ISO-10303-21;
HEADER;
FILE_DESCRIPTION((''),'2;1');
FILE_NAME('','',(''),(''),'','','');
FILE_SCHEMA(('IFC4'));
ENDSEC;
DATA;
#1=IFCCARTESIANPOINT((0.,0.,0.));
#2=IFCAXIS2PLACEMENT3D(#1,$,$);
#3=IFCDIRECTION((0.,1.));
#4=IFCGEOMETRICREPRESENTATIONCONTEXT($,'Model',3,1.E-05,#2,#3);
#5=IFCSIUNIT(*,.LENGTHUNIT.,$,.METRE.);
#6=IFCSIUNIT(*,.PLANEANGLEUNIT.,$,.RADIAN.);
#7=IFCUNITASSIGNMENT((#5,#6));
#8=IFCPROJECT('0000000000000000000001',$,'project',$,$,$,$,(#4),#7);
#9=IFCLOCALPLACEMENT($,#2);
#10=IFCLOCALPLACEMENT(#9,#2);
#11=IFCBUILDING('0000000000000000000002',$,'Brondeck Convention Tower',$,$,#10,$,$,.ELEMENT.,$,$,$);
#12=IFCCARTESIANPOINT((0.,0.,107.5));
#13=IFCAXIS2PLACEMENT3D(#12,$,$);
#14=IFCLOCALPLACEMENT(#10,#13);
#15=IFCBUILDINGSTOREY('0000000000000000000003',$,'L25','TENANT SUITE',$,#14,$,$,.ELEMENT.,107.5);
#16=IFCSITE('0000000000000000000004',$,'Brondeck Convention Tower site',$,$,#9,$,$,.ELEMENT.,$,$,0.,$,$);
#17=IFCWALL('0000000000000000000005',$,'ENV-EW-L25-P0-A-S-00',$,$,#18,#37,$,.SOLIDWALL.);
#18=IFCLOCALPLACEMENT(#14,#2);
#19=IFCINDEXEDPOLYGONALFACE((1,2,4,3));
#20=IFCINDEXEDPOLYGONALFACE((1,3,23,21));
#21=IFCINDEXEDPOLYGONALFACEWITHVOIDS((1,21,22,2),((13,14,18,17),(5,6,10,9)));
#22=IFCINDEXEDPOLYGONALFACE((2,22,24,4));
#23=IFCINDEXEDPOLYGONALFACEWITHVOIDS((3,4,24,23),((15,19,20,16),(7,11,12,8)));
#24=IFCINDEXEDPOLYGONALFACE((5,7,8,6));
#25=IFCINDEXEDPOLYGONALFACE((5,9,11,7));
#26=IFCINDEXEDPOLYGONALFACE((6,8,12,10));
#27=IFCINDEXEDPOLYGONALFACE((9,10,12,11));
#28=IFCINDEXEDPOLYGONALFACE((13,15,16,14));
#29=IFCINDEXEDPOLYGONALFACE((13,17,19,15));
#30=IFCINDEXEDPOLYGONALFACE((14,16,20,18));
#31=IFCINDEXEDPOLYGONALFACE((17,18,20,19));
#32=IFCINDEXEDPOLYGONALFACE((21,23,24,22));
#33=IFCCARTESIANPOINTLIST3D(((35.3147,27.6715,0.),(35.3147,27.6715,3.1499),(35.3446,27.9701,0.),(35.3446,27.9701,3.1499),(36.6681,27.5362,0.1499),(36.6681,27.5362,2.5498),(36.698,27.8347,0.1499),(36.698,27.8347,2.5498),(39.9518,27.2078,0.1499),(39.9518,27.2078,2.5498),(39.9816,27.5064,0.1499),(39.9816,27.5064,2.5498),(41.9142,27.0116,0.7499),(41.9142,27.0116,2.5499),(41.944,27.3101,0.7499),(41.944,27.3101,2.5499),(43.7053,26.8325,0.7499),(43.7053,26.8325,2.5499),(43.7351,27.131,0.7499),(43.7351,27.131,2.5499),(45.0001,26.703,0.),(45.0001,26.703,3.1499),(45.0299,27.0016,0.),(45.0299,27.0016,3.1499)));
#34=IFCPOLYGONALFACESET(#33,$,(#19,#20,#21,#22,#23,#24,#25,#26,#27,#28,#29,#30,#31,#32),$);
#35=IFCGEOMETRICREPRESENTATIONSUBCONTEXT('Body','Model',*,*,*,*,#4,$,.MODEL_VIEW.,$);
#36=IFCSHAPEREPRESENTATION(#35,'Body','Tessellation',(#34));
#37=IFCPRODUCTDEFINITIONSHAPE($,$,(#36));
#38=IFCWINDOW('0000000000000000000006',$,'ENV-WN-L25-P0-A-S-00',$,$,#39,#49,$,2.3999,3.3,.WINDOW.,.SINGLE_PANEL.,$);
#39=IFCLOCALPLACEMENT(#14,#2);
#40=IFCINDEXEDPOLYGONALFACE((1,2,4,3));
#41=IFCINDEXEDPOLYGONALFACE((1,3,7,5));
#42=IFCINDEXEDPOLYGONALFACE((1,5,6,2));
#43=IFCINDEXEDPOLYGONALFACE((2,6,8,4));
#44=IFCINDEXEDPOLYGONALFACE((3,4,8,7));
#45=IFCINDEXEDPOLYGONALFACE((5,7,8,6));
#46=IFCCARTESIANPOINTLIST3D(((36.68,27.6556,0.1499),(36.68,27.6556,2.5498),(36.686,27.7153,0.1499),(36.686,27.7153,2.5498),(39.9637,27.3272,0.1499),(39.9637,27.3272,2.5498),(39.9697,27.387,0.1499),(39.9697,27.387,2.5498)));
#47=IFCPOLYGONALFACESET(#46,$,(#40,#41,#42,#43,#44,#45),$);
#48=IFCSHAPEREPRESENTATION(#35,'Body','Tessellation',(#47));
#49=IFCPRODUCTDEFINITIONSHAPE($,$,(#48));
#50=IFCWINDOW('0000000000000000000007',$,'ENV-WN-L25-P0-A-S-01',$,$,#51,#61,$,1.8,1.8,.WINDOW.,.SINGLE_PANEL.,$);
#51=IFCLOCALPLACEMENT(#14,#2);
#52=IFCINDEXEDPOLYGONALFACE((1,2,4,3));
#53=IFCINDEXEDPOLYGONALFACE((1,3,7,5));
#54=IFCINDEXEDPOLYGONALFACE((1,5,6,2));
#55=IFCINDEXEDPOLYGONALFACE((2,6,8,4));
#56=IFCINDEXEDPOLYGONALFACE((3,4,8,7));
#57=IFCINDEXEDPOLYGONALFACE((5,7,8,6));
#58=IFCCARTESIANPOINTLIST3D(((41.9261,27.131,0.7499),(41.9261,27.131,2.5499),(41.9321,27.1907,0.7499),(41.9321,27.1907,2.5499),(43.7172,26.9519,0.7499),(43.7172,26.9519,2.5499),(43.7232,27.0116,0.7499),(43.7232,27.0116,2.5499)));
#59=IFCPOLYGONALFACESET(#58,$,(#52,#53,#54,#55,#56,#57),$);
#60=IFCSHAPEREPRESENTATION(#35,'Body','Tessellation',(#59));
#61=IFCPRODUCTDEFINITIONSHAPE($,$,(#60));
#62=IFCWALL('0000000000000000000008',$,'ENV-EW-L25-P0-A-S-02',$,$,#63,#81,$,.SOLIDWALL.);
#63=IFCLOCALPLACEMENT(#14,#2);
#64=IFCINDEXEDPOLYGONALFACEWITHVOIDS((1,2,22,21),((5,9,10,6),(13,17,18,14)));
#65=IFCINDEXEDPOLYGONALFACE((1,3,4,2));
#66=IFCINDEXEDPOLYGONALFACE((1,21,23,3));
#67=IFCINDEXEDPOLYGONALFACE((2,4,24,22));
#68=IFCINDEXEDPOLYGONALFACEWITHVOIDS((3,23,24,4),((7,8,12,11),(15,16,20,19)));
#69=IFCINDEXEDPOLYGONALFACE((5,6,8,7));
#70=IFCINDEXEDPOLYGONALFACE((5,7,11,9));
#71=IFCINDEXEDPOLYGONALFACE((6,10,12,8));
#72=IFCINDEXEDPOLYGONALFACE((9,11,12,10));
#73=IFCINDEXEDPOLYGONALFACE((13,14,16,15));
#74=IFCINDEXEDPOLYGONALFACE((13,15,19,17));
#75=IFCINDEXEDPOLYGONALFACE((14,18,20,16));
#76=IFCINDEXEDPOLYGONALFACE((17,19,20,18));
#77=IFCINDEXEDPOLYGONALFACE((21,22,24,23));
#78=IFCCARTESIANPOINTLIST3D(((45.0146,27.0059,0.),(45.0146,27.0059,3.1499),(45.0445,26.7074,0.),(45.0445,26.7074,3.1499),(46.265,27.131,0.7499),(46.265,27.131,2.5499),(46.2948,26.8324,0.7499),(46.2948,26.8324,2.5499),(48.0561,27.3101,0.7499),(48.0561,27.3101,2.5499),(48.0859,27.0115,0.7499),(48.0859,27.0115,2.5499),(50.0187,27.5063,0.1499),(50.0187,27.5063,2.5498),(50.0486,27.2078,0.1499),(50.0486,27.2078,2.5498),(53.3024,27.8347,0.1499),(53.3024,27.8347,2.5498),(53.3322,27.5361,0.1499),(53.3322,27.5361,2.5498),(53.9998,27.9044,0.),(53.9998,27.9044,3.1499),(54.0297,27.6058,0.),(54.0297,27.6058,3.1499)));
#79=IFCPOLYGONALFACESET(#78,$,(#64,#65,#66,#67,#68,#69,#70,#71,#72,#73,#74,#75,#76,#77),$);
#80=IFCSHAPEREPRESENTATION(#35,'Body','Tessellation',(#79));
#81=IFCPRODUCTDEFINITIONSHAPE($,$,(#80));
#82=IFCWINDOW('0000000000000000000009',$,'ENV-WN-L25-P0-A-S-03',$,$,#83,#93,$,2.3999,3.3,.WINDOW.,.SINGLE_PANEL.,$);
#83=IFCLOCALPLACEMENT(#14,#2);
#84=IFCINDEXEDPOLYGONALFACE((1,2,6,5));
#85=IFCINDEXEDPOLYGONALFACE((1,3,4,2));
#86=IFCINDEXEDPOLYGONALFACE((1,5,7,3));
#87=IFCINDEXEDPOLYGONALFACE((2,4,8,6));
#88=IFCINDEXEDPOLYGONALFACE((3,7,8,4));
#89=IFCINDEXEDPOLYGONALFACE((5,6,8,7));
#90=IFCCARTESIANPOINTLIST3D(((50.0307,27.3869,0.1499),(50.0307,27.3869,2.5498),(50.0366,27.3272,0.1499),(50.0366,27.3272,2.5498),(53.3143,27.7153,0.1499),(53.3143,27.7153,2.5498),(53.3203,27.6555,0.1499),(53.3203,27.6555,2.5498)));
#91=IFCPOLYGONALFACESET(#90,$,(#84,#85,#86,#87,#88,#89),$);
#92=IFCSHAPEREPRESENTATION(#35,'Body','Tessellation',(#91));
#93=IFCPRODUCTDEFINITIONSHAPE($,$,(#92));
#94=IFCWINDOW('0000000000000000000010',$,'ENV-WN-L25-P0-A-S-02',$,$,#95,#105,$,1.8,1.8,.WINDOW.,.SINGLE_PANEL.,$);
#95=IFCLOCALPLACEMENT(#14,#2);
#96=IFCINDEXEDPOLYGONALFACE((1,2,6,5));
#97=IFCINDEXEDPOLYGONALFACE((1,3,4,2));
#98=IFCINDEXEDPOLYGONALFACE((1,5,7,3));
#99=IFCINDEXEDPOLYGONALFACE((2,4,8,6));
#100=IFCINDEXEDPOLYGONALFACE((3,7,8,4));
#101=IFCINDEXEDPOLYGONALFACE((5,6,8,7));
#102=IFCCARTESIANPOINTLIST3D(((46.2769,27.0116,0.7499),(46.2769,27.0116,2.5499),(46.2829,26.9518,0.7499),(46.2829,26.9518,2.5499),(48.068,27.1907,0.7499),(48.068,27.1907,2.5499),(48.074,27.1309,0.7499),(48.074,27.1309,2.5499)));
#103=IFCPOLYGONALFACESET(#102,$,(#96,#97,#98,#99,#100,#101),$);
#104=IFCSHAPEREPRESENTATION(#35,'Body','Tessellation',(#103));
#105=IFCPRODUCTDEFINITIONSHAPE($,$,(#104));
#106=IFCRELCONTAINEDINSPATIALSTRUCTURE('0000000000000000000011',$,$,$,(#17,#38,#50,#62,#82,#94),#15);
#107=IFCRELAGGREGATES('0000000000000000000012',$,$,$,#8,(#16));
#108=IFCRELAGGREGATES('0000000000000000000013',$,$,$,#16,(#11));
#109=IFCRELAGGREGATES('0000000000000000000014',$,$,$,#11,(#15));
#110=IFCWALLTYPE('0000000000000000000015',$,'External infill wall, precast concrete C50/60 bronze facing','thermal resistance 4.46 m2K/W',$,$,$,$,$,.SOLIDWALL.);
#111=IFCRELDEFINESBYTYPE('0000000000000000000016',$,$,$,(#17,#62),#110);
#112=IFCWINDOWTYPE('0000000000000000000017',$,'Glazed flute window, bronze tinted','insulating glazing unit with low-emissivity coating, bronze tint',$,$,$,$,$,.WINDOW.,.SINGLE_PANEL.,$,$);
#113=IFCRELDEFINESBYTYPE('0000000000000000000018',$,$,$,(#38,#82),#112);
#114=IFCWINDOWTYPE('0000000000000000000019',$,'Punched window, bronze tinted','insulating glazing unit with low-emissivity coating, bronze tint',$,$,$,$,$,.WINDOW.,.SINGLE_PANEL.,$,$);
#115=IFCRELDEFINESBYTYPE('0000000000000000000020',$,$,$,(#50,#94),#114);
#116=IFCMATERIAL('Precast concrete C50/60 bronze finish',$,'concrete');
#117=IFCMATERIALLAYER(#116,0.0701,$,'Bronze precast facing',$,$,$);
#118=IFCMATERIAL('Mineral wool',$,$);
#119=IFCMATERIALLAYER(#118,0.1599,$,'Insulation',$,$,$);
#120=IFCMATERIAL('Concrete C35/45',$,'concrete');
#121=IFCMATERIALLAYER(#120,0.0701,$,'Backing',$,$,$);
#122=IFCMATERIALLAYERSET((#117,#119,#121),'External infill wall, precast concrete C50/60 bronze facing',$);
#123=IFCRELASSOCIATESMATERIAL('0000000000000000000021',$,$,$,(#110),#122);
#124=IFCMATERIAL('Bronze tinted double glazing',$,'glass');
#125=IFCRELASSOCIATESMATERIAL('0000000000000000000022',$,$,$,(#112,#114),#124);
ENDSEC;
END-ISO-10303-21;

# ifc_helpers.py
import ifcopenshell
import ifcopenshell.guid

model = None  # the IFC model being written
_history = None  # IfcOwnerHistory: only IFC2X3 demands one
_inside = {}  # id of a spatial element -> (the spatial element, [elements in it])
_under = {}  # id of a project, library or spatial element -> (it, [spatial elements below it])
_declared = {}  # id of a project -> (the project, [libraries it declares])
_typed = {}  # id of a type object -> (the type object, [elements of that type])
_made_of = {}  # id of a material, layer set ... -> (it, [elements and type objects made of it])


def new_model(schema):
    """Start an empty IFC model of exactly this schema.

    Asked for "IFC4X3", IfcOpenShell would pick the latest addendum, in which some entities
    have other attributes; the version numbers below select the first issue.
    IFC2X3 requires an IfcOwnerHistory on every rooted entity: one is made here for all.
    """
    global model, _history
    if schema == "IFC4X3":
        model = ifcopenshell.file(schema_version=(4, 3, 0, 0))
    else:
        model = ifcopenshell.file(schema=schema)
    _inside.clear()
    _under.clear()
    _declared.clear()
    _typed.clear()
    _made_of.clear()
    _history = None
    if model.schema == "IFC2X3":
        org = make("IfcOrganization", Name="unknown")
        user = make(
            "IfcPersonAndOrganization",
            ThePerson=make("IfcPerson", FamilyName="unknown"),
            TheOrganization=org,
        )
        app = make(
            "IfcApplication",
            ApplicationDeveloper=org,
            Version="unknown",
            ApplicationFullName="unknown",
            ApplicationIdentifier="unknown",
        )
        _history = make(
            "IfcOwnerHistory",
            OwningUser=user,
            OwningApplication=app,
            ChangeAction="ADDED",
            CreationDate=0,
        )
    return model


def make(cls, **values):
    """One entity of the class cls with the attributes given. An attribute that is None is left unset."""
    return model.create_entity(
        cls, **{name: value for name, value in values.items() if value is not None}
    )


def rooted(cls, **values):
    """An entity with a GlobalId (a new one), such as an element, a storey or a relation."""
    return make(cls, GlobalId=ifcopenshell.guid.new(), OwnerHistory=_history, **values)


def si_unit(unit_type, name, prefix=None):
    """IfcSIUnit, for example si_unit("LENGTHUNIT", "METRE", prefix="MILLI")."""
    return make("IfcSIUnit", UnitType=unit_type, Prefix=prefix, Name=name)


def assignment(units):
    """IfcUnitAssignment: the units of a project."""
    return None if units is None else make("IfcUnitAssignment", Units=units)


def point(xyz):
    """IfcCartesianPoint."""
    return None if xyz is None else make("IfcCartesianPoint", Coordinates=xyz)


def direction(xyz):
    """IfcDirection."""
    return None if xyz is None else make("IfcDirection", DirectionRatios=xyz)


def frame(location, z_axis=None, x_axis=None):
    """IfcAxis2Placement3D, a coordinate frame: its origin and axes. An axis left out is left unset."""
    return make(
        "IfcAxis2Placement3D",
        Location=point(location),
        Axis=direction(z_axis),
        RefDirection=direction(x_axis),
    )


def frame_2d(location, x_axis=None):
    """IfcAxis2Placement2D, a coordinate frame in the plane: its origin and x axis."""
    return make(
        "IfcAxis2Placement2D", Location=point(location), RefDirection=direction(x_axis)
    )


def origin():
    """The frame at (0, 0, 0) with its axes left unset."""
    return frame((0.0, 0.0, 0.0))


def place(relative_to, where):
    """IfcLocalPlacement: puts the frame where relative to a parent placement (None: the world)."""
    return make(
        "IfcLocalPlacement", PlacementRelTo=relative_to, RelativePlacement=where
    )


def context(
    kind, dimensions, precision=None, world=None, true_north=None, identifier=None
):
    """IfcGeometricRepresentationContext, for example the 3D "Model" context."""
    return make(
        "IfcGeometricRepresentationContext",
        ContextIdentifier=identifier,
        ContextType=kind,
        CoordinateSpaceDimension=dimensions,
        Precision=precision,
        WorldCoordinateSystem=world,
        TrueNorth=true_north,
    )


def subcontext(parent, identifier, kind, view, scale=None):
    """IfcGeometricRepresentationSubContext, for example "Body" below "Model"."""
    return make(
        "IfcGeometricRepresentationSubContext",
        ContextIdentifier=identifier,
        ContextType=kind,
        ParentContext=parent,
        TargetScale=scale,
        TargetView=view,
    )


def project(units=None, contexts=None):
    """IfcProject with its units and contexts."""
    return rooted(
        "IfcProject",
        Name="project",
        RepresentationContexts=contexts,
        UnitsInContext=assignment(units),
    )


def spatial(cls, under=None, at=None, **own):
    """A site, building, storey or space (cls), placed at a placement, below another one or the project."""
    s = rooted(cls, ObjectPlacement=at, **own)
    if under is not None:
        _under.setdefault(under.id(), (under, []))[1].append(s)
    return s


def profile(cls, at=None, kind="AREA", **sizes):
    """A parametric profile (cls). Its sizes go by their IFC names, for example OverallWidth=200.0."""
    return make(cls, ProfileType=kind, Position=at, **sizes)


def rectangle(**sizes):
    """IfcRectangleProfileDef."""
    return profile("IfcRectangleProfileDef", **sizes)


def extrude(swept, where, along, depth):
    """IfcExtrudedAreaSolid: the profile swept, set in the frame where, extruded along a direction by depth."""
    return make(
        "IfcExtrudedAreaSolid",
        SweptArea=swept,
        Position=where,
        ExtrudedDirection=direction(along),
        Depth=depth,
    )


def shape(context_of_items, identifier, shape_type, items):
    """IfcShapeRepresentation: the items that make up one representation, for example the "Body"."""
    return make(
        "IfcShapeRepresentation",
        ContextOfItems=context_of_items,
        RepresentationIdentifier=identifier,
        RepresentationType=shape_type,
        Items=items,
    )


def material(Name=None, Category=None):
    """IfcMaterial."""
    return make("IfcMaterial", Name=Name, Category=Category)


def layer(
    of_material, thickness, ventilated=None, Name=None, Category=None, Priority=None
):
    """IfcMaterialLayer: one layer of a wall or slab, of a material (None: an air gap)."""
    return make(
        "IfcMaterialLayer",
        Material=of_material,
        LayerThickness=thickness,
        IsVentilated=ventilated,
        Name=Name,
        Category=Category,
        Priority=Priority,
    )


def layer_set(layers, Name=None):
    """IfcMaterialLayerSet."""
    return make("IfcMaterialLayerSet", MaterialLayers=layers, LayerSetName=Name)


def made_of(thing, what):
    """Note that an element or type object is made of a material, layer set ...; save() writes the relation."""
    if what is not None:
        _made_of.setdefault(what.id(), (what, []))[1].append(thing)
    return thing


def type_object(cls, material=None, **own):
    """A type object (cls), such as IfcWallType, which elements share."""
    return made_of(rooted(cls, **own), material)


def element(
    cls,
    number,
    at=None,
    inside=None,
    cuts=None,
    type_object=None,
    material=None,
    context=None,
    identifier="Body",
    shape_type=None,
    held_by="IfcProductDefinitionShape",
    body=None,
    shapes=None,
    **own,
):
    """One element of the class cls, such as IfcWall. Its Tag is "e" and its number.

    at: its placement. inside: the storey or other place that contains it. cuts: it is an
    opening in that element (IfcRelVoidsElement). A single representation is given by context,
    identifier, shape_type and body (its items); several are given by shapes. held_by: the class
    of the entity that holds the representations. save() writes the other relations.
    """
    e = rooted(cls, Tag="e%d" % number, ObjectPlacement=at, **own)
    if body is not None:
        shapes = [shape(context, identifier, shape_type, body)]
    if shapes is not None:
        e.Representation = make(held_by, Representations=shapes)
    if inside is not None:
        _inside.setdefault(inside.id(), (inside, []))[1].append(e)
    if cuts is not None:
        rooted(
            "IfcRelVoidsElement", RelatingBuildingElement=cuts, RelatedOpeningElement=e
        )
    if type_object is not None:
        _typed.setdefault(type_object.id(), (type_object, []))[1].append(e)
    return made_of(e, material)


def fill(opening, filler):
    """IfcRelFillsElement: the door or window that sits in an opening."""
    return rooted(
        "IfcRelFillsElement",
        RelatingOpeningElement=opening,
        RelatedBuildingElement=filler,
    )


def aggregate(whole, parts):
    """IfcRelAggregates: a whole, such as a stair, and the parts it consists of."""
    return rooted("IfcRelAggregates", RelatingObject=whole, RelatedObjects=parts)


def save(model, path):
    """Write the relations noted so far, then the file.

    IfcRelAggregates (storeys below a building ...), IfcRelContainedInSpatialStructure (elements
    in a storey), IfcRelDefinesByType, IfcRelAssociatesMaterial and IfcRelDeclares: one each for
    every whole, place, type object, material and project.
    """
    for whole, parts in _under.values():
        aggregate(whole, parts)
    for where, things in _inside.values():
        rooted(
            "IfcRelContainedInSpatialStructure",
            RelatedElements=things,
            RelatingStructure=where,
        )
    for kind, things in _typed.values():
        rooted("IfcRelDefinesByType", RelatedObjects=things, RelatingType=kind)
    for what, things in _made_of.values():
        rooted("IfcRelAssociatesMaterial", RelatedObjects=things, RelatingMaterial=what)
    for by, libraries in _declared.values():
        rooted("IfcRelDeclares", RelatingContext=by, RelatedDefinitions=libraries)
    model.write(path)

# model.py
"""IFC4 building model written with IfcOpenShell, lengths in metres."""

from ifc_helpers import new_model, si_unit, direction, frame, frame_2d, origin, place, context, subcontext, project, spatial, rectangle, extrude, material, layer, layer_set, type_object, element, fill, save


model = new_model("IFC4")

# Units and contexts
model_context = context("Model", 3, precision=1e-05, world=origin(), true_north=direction((0.0, 1.0)))
body_context = subcontext(model_context, "Body", "Model", "MODEL_VIEW")
ifc_project = project(units=[si_unit("LENGTHUNIT", "METRE"), si_unit("PLANEANGLEUNIT", "RADIAN")], contexts=[model_context])

# Site, building, storey
site_placement = place(None, origin())
site = spatial("IfcSite", under=ifc_project, at=site_placement, Name="Brondeck Convention Tower site", CompositionType="ELEMENT", RefElevation=0.0)
building_placement = place(site_placement, origin())
building = spatial("IfcBuilding", under=site, at=building_placement, Name="Brondeck Convention Tower", CompositionType="ELEMENT")
storey_placement = place(building_placement, frame((0.0, 0.0, 107.5)))
storey = spatial("IfcBuildingStorey", under=building, at=storey_placement, Name="L25", Description="TENANT SUITE", CompositionType="ELEMENT", Elevation=107.5)

# Walls, openings, windows
ifc_material_1 = material(Name="Precast concrete C50/60 bronze finish", Category="concrete")
ifc_layer_1 = layer(ifc_material_1, 0.0701, Name="Bronze precast facing")
ifc_material_2 = material(Name="Mineral wool")
ifc_layer_2 = layer(ifc_material_2, 0.1599, Name="Insulation")
ifc_material_3 = material(Name="Concrete C35/45", Category="concrete")
ifc_layer_3 = layer(ifc_material_3, 0.0701, Name="Backing")
ifc_layer_set = layer_set([ifc_layer_1, ifc_layer_2, ifc_layer_3], Name="External infill wall, precast concrete C50/60 bronze facing")
wall_type = type_object("IfcWallType", Name="External infill wall, precast concrete C50/60 bronze facing", Description="thermal resistance 4.46 m2K/W", PredefinedType="SOLIDWALL", material=ifc_layer_set)
wall_1_placement = place(storey_placement, frame((45.0149, 26.8523, 0.0), z_axis=(0.0, 0.0, 1.0), x_axis=(-0.995037, 0.099501, 0.0)))
wall_1 = element("IfcWall", 1, at=wall_1_placement, inside=storey, type_object=wall_type, Name="ENV-EW-L25-P0-A-S-00", PredefinedType="SOLIDWALL", context=body_context, shape_type="SweptSolid", body=[
    extrude(rectangle(XDim=9.7336, YDim=0.3, at=frame_2d((4.8667, 0.0))), origin(), (0.0, 0.0, 1.0), 3.1499),
])
opening_1_placement = place(wall_1_placement, frame((1.3013, 0.0, 0.75)))
opening_1 = element("IfcOpeningElement", 2, at=opening_1_placement, cuts=wall_1, PredefinedType="OPENING", context=body_context, shape_type="SweptSolid", body=[
    extrude(rectangle(XDim=1.8, YDim=1.8, at=frame_2d((0.8999, 0.8999))), frame((0.0, 0.1599, 0.0), z_axis=(0.0, -1.0, 0.0), x_axis=(1.0, 0.0, 0.0)), (0.0, 0.0, 1.0), 0.3201),
])
opening_2_placement = place(wall_1_placement, frame((5.0735, 0.0, 0.1499)))
opening_2 = element("IfcOpeningElement", 3, at=opening_2_placement, cuts=wall_1, PredefinedType="OPENING", context=body_context, shape_type="SweptSolid", body=[
    extrude(rectangle(XDim=3.3, YDim=2.3999, at=frame_2d((1.6499, 1.2))), frame((0.0, 0.1599, 0.0), z_axis=(0.0, -1.0, 0.0), x_axis=(1.0, 0.0, 0.0)), (0.0, 0.0, 1.0), 0.3201),
])
ifc_material_4 = material(Name="Bronze tinted double glazing", Category="glass")
window_type_1 = type_object("IfcWindowType", Name="Glazed flute window, bronze tinted", Description="insulating glazing unit with low-emissivity coating, bronze tint", PartitioningType="SINGLE_PANEL", PredefinedType="WINDOW", material=ifc_material_4)
window_1_placement = place(opening_2_placement, origin())
window_1 = element("IfcWindow", 4, at=window_1_placement, inside=storey, type_object=window_type_1, Name="ENV-WN-L25-P0-A-S-00", OverallHeight=2.3999, OverallWidth=3.3, PartitioningType="SINGLE_PANEL", PredefinedType="WINDOW", context=body_context, shape_type="SweptSolid", body=[
    extrude(rectangle(XDim=3.3, YDim=2.3999, at=frame_2d((1.6499, 1.2))), frame((0.0, 0.03, 0.0), z_axis=(0.0, -1.0, 0.0), x_axis=(1.0, 0.0, 0.0)), (0.0, 0.0, 1.0), 0.0601),
])
fill(opening_2, window_1)
window_type_2 = type_object("IfcWindowType", Name="Punched window, bronze tinted", Description="insulating glazing unit with low-emissivity coating, bronze tint", PartitioningType="SINGLE_PANEL", PredefinedType="WINDOW", material=ifc_material_4)
window_2_placement = place(opening_1_placement, origin())
window_2 = element("IfcWindow", 5, at=window_2_placement, inside=storey, type_object=window_type_2, Name="ENV-WN-L25-P0-A-S-01", OverallHeight=1.8, OverallWidth=1.8, PartitioningType="SINGLE_PANEL", PredefinedType="WINDOW", context=body_context, shape_type="SweptSolid", body=[
    extrude(rectangle(XDim=1.8, YDim=1.8, at=frame_2d((0.8999, 0.8999))), frame((0.0, 0.03, 0.0), z_axis=(0.0, -1.0, 0.0), x_axis=(1.0, 0.0, 0.0)), (0.0, 0.0, 1.0), 0.0601),
])
fill(opening_1, window_2)
wall_2_placement = place(storey_placement, frame((54.0149, 27.7551, 0.0), z_axis=(0.0, 0.0, 1.0), x_axis=(-0.995038, -0.099496, 0.0)))
wall_2 = element("IfcWall", 6, at=wall_2_placement, inside=storey, type_object=wall_type, Name="ENV-EW-L25-P0-A-S-02", PredefinedType="SOLIDWALL", context=body_context, shape_type="SweptSolid", body=[
    extrude(rectangle(XDim=9.03, YDim=0.3, at=frame_2d((4.5151, 0.0))), origin(), (0.0, 0.0, 1.0), 3.1499),
])
opening_3_placement = place(wall_2_placement, frame((0.7012, 0.0, 0.1499)))
opening_3 = element("IfcOpeningElement", 7, at=opening_3_placement, cuts=wall_2, PredefinedType="OPENING", context=body_context, shape_type="SweptSolid", body=[
    extrude(rectangle(XDim=3.3, YDim=2.3999, at=frame_2d((1.6499, 1.2))), frame((0.0, 0.1599, 0.0), z_axis=(0.0, -1.0, 0.0), x_axis=(1.0, 0.0, 0.0)), (0.0, 0.0, 1.0), 0.3201),
])
opening_4_placement = place(wall_2_placement, frame((5.9736, 0.0, 0.75)))
opening_4 = element("IfcOpeningElement", 8, at=opening_4_placement, cuts=wall_2, PredefinedType="OPENING", context=body_context, shape_type="SweptSolid", body=[
    extrude(rectangle(XDim=1.8, YDim=1.8, at=frame_2d((0.8999, 0.8999))), frame((0.0, 0.1599, 0.0), z_axis=(0.0, -1.0, 0.0), x_axis=(1.0, 0.0, 0.0)), (0.0, 0.0, 1.0), 0.3201),
])
window_3_placement = place(opening_3_placement, origin())
window_3 = element("IfcWindow", 9, at=window_3_placement, inside=storey, type_object=window_type_1, Name="ENV-WN-L25-P0-A-S-03", OverallHeight=2.3999, OverallWidth=3.3, PartitioningType="SINGLE_PANEL", PredefinedType="WINDOW", context=body_context, shape_type="SweptSolid", body=[
    extrude(rectangle(XDim=3.3, YDim=2.3999, at=frame_2d((1.6499, 1.2))), frame((0.0, 0.03, 0.0), z_axis=(0.0, -1.0, 0.0), x_axis=(1.0, 0.0, 0.0)), (0.0, 0.0, 1.0), 0.0601),
])
fill(opening_3, window_3)
window_4_placement = place(opening_4_placement, origin())
window_4 = element("IfcWindow", 10, at=window_4_placement, inside=storey, type_object=window_type_2, Name="ENV-WN-L25-P0-A-S-02", OverallHeight=1.8, OverallWidth=1.8, PartitioningType="SINGLE_PANEL", PredefinedType="WINDOW", context=body_context, shape_type="SweptSolid", body=[
    extrude(rectangle(XDim=1.8, YDim=1.8, at=frame_2d((0.8999, 0.8999))), frame((0.0, 0.03, 0.0), z_axis=(0.0, -1.0, 0.0), x_axis=(1.0, 0.0, 0.0)), (0.0, 0.0, 1.0), 0.0601),
])
fill(opening_4, window_4)

save(model, "model.ifc")
